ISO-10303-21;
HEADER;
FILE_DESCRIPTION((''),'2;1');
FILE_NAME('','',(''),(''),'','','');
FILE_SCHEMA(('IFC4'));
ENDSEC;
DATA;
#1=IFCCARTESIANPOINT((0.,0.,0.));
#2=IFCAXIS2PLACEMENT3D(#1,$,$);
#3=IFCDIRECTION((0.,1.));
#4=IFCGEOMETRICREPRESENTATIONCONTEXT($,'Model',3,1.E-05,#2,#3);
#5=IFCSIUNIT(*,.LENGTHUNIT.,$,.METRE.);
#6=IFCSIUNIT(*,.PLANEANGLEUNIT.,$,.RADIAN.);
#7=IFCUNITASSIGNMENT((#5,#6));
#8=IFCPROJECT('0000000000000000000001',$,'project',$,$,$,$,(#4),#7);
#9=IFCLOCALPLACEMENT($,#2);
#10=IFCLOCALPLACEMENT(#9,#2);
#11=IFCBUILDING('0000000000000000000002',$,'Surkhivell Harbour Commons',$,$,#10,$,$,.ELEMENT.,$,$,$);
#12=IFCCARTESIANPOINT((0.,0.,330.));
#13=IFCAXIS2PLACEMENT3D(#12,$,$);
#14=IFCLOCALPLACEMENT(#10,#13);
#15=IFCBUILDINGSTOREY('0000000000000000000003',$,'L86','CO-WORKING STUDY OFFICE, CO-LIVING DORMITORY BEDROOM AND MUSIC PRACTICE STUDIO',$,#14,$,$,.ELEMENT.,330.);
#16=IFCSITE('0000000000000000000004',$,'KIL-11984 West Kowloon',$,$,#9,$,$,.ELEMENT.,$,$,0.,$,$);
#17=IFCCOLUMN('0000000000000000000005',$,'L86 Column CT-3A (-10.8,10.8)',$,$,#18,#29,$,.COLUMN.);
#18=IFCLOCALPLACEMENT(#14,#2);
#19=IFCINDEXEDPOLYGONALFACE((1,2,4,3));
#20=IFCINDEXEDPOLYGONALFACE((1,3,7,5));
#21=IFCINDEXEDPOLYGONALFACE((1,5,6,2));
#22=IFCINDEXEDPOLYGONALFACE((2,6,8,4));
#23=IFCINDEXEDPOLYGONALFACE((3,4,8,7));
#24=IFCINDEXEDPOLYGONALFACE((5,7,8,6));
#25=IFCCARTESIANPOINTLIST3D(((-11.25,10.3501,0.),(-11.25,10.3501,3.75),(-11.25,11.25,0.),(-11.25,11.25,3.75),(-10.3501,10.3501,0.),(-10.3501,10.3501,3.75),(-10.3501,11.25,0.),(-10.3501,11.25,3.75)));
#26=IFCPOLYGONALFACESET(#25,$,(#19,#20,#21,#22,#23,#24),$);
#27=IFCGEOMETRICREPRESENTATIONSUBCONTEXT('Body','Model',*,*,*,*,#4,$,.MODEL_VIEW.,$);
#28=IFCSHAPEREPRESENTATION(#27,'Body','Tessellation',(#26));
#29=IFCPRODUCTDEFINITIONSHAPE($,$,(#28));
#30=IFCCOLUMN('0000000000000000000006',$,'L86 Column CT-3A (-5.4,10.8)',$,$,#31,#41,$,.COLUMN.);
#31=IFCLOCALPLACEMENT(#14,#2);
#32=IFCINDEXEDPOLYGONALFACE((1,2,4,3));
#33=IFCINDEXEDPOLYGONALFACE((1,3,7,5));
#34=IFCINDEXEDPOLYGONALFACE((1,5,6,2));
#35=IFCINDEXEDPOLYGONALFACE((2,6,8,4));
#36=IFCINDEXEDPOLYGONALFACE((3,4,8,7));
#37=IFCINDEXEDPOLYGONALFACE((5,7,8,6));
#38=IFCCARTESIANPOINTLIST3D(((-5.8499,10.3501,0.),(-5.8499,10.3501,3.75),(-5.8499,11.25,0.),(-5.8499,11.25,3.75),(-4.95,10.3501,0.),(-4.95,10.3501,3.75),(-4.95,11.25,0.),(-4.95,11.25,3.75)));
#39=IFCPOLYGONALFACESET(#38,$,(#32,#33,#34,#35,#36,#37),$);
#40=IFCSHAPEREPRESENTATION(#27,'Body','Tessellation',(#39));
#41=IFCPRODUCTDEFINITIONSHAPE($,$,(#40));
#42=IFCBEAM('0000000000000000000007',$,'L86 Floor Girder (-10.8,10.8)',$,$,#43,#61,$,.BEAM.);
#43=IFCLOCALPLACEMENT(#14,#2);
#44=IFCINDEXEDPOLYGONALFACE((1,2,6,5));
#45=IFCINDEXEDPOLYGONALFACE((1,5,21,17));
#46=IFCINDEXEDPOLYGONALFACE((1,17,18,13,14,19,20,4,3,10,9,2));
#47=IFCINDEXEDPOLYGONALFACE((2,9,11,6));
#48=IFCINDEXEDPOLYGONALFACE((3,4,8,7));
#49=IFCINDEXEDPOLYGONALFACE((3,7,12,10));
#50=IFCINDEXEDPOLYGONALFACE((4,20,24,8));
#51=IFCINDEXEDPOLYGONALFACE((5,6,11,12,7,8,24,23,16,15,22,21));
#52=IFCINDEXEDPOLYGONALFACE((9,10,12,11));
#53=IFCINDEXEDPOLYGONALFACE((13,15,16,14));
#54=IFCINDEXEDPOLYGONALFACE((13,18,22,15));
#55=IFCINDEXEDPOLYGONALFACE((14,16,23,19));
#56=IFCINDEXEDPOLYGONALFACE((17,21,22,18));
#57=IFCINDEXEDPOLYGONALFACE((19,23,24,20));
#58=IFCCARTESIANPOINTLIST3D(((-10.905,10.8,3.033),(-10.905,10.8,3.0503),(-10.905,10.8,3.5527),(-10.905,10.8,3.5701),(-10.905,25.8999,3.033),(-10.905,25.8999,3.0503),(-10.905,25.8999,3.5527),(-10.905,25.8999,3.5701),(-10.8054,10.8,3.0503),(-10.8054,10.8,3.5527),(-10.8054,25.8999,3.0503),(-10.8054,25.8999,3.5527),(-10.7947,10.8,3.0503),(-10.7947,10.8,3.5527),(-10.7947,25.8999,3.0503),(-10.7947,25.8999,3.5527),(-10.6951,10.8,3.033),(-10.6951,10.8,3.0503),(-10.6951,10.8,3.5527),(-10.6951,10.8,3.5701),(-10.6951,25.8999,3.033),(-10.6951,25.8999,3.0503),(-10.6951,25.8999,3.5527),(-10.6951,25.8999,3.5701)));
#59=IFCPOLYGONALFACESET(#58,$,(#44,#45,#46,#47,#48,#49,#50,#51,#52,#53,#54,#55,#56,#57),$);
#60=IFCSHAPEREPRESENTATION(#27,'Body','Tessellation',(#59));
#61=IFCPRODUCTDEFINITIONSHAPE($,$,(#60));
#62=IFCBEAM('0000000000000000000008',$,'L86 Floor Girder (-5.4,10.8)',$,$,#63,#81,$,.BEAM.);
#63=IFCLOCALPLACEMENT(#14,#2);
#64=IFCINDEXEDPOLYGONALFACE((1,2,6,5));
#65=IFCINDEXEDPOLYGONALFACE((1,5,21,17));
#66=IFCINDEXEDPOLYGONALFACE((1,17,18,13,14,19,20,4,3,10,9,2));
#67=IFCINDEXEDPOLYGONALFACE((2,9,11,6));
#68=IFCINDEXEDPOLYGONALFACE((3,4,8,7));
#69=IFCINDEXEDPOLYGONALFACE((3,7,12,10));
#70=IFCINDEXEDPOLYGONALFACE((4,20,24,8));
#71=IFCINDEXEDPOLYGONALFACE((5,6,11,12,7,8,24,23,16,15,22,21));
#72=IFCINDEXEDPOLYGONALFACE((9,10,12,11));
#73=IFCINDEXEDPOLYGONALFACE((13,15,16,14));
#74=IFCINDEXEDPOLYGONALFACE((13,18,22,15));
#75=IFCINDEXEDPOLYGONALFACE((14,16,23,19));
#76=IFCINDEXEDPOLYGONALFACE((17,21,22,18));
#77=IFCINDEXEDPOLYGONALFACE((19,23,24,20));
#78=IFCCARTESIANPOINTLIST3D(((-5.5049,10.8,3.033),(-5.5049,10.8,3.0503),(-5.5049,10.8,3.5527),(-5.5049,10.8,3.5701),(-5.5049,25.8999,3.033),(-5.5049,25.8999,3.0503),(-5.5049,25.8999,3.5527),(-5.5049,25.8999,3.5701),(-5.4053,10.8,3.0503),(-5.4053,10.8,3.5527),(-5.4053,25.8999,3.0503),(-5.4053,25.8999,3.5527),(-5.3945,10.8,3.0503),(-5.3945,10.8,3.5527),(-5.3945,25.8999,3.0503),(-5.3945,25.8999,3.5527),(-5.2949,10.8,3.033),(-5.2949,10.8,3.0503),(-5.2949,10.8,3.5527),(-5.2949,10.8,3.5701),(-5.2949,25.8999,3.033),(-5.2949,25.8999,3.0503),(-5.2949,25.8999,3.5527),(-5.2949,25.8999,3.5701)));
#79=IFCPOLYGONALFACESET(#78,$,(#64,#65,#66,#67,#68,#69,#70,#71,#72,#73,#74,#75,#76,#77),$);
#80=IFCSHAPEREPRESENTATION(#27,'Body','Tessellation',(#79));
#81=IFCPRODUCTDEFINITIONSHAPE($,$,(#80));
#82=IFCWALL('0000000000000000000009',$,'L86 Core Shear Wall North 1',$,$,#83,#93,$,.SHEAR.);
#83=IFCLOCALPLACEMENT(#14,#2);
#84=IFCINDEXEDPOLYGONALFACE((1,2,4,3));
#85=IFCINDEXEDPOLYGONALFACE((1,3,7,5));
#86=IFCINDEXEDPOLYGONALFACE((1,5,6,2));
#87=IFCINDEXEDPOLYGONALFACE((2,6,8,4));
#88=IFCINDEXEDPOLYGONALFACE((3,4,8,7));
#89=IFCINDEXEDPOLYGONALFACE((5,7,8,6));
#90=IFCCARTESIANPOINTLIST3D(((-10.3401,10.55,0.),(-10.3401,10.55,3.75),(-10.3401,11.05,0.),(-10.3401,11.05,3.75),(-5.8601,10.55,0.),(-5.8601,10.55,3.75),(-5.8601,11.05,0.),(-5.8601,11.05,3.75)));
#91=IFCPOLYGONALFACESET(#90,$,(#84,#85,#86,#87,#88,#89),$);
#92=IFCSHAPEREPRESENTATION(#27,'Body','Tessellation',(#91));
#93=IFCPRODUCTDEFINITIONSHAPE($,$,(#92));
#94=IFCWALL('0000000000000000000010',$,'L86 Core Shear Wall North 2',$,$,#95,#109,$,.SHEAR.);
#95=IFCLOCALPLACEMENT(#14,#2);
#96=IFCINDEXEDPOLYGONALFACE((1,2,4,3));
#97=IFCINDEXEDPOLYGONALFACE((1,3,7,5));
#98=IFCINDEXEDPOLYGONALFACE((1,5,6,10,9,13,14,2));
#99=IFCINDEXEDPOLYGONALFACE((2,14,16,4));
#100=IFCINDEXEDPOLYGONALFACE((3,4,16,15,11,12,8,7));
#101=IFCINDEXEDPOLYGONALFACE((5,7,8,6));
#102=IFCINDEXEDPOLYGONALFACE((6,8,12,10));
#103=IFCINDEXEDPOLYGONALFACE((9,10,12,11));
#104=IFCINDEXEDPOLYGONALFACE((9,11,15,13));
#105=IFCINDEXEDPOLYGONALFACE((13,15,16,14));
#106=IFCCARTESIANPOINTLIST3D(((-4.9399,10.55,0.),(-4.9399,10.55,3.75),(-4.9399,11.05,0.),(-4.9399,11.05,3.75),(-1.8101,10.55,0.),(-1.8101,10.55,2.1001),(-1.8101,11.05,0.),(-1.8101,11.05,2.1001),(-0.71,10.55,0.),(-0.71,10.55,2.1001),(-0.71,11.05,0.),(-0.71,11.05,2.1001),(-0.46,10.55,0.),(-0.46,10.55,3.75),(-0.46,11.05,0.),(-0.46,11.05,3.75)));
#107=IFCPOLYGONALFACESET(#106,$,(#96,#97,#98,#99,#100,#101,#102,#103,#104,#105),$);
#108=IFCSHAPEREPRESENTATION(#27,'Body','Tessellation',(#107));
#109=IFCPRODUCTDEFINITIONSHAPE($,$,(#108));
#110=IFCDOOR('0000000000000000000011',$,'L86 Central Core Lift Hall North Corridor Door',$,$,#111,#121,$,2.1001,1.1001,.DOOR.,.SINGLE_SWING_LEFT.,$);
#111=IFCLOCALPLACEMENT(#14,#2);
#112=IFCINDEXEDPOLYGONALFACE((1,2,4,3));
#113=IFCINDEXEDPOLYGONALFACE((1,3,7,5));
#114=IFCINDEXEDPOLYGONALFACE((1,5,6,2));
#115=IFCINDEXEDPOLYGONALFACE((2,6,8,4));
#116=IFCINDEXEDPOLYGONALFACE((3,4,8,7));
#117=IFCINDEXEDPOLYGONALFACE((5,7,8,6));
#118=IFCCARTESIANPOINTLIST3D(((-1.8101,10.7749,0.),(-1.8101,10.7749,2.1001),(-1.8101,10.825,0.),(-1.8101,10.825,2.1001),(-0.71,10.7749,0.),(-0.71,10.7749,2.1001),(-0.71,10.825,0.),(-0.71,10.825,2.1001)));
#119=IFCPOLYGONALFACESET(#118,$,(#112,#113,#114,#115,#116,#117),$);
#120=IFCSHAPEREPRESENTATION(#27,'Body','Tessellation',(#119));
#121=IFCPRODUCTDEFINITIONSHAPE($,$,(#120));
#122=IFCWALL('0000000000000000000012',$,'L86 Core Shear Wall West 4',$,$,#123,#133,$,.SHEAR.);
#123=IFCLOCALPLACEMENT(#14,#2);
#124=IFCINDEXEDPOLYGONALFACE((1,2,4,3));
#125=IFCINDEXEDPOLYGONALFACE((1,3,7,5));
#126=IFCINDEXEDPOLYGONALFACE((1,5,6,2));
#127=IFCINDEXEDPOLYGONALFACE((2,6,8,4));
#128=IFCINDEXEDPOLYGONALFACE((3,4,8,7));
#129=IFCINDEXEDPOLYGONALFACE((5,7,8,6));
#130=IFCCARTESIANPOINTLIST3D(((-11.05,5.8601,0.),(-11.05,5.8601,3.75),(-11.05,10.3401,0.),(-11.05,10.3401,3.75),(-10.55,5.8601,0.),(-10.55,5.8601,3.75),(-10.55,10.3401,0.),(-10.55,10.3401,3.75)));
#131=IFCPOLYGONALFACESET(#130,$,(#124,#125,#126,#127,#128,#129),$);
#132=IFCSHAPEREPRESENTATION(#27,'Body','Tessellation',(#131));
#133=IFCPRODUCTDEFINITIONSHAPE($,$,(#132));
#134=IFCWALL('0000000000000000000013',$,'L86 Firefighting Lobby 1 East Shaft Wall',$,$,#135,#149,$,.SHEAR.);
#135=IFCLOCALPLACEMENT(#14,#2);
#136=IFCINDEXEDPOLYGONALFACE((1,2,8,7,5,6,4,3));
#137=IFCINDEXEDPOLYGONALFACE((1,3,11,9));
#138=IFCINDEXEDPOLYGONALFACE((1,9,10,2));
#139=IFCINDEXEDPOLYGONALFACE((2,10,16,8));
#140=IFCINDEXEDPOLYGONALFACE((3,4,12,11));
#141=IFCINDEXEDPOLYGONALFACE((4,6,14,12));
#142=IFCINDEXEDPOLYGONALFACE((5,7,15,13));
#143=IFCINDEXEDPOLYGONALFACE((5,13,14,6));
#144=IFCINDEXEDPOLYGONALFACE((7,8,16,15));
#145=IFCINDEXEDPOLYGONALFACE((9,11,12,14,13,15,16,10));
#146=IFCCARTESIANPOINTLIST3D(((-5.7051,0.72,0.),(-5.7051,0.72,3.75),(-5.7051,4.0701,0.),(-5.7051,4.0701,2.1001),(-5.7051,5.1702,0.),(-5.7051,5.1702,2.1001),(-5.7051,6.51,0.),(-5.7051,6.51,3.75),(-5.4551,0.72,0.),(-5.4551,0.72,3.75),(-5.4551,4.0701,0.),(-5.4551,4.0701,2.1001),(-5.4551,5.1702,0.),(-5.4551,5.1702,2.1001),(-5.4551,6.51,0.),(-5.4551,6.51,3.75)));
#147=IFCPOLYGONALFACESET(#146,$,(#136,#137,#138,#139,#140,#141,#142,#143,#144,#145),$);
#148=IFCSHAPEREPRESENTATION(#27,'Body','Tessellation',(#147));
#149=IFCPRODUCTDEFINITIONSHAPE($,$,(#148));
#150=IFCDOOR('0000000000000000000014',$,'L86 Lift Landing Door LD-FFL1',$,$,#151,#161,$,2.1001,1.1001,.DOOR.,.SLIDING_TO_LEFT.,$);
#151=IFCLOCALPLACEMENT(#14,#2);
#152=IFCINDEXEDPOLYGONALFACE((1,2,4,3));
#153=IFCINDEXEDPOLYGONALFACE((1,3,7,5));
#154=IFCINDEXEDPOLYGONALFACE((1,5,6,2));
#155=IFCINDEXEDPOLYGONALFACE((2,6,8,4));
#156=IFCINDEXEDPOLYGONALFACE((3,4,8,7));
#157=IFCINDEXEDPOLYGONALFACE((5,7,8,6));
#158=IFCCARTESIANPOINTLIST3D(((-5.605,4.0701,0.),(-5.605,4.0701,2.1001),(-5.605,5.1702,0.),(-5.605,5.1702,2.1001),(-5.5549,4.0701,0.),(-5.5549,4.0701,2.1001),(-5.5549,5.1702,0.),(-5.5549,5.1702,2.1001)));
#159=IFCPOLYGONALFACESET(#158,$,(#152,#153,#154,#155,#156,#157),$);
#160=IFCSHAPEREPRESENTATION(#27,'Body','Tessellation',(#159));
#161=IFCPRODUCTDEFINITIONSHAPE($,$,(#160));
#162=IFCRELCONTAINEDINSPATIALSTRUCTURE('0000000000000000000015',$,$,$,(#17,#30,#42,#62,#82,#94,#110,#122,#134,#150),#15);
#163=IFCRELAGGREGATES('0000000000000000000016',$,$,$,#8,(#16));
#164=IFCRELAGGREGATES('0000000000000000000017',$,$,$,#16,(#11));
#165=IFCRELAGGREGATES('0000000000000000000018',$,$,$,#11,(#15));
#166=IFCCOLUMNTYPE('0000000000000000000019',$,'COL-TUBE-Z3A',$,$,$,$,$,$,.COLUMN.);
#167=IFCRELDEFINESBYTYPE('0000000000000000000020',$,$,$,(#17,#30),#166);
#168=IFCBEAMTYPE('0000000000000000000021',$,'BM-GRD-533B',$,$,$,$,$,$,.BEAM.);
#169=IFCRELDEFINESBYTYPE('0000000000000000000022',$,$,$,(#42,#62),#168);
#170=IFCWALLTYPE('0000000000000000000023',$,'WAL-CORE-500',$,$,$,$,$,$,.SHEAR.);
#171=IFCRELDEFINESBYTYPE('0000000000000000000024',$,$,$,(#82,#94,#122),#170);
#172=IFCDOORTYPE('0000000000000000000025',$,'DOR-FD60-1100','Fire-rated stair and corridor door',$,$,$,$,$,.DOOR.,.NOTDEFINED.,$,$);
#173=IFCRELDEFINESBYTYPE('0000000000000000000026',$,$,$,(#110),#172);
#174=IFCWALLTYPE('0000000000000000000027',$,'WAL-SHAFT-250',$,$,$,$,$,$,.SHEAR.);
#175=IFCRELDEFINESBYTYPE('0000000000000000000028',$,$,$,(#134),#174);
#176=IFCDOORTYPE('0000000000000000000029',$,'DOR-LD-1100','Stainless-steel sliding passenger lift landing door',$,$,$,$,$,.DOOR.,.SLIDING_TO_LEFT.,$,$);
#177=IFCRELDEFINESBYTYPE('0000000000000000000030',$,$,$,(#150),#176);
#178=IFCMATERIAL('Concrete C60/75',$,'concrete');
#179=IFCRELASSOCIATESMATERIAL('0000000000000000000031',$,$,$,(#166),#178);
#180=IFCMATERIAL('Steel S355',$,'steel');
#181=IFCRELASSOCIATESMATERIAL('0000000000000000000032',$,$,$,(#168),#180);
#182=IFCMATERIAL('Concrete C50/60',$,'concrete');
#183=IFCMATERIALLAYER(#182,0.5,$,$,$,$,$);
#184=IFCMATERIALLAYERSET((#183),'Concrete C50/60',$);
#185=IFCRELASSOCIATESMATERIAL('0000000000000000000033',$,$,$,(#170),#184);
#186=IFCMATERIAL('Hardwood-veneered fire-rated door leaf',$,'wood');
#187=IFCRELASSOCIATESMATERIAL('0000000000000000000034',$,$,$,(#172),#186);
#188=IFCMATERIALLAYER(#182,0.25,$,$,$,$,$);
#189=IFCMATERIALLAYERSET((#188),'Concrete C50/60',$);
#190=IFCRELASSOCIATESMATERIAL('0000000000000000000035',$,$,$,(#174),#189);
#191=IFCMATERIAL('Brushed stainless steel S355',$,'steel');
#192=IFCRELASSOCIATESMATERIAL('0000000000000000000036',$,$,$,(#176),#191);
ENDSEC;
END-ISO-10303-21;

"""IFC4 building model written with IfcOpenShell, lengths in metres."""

from ifc_helpers import new_model, si_unit, direction, frame, frame_2d, origin, origin_2d, place, context, subcontext, project, spatial, rectangle, i_section, extrude, material, layer, layer_set, material_profile, profile_set, type_object, element, fill, save


model = new_model("IFC4")

# Units and contexts
model_context = context("Model", 3, precision=1e-05, world=origin(), true_north=direction((0.0, 1.0)))
body_context = subcontext(model_context, "Body", "Model", "MODEL_VIEW")
ifc_project = project(units=[si_unit("LENGTHUNIT", "METRE"), si_unit("PLANEANGLEUNIT", "RADIAN")], contexts=[model_context])

# Site, building, storey
site_placement = place(None, origin())
site = spatial("IfcSite", under=ifc_project, at=site_placement, Name="KIL-11984 West Kowloon", CompositionType="ELEMENT", RefElevation=0.0)
building_placement = place(site_placement, origin())
building = spatial("IfcBuilding", under=site, at=building_placement, Name="Surkhivell Harbour Commons", CompositionType="ELEMENT")
storey_placement = place(building_placement, frame((0.0, 0.0, 330.0)))
storey = spatial("IfcBuildingStorey", under=building, at=storey_placement, Name="L86", Description="CO-WORKING STUDY OFFICE, CO-LIVING DORMITORY BEDROOM AND MUSIC PRACTICE STUDIO", CompositionType="ELEMENT", Elevation=330.0)

# Columns
ifc_material_1 = material(Name="Concrete C60/75", Category="concrete")
ifc_material_profile_1 = material_profile(ifc_material_1, rectangle(XDim=0.8999, YDim=0.8999, at=origin_2d()), Name="RC-COL-900x900")
ifc_profile_set_1 = profile_set([ifc_material_profile_1], Name="Concrete C60/75")
column_type = type_object("IfcColumnType", Name="COL-TUBE-Z3A", PredefinedType="COLUMN", material=ifc_profile_set_1)
for number, where, z_axis, x_axis, name in (
    (1, (-10.8, 10.8, 0.0), (0.0, 0.0, 1.0), (1.0, 0.0, 0.0), "L86 Column CT-3A (-10.8,10.8)"),
    (2, (-5.3999, 10.8, 0.0), (0.0, 0.0, 1.0), (1.0, 0.0, 0.0), "L86 Column CT-3A (-5.4,10.8)"),
):
    element("IfcColumn", number, at=place(storey_placement, frame(where, z_axis=z_axis, x_axis=x_axis)), inside=storey, type_object=column_type, Name=name, PredefinedType="COLUMN", context=body_context, shape_type="SweptSolid", body=[
        extrude(rectangle(XDim=0.8999, YDim=0.8999, at=origin_2d()), origin(), (0.0, 0.0, 1.0), 3.75),
    ])

# Beams
ifc_material_2 = material(Name="Steel S355", Category="steel")
ifc_material_profile_2 = material_profile(ifc_material_2, i_section(OverallWidth=0.21, OverallDepth=0.5371, WebThickness=0.0107, FlangeThickness=0.0173, at=origin_2d()), Name="UB533x210x101")
ifc_profile_set_2 = profile_set([ifc_material_profile_2], Name="Steel S355")
beam_type = type_object("IfcBeamType", Name="BM-GRD-533B", PredefinedType="BEAM", material=ifc_profile_set_2)
for number, where, z_axis, x_axis, name in (
    (3, (-10.8, 10.8, 3.3015), (0.0, 1.0, 0.0), (-1.0, 0.0, 0.0), "L86 Floor Girder (-10.8,10.8)"),
    (4, (-5.3999, 10.8, 3.3015), (0.0, 1.0, 0.0), (-1.0, 0.0, 0.0), "L86 Floor Girder (-5.4,10.8)"),
):
    element("IfcBeam", number, at=place(storey_placement, frame(where, z_axis=z_axis, x_axis=x_axis)), inside=storey, type_object=beam_type, Name=name, PredefinedType="BEAM", context=body_context, shape_type="SweptSolid", body=[
        extrude(i_section(OverallWidth=0.21, OverallDepth=0.5371, WebThickness=0.0107, FlangeThickness=0.0173, at=origin_2d()), origin(), (0.0, 0.0, 1.0), 15.0999),
    ])

# Wall
ifc_material_3 = material(Name="Concrete C50/60", Category="concrete")
ifc_layer_1 = layer(ifc_material_3, 0.5)
ifc_layer_set_1 = layer_set([ifc_layer_1], Name="Concrete C50/60")
wall_type_1 = type_object("IfcWallType", Name="WAL-CORE-500", PredefinedType="SHEAR", material=ifc_layer_set_1)
wall_1_placement = place(storey_placement, frame((-10.3401, 10.8, 0.0), z_axis=(0.0, 0.0, 1.0), x_axis=(1.0, 0.0, 0.0)))
element("IfcWall", 5, at=wall_1_placement, inside=storey, type_object=wall_type_1, Name="L86 Core Shear Wall North 1", PredefinedType="SHEAR", context=body_context, shape_type="SweptSolid", body=[
    extrude(rectangle(XDim=4.48, YDim=0.5, at=frame_2d((2.24, 0.0))), origin(), (0.0, 0.0, 1.0), 3.75),
])

# Wall, opening, door
wall_2_placement = place(storey_placement, frame((-4.9399, 10.8, 0.0), z_axis=(0.0, 0.0, 1.0), x_axis=(1.0, 0.0, 0.0)))
wall_2 = element("IfcWall", 6, at=wall_2_placement, inside=storey, type_object=wall_type_1, Name="L86 Core Shear Wall North 2", PredefinedType="SHEAR", context=body_context, shape_type="SweptSolid", body=[
    extrude(rectangle(XDim=4.48, YDim=0.5, at=frame_2d((2.24, 0.0))), origin(), (0.0, 0.0, 1.0), 3.75),
])
opening_1_placement = place(wall_2_placement, frame((3.1299, 0.0, 0.0)))
opening_1 = element("IfcOpeningElement", 7, at=opening_1_placement, cuts=wall_2, PredefinedType="OPENING", context=body_context, shape_type="SweptSolid", body=[
    extrude(rectangle(XDim=1.1001, YDim=2.1001, at=frame_2d((0.55, 1.05))), frame((0.0, 0.26, 0.0), z_axis=(0.0, -1.0, 0.0), x_axis=(1.0, 0.0, 0.0)), (0.0, 0.0, 1.0), 0.52),
])
ifc_material_4 = material(Name="Hardwood-veneered fire-rated door leaf", Category="wood")
door_type_1 = type_object("IfcDoorType", Name="DOR-FD60-1100", Description="Fire-rated stair and corridor door", OperationType="NOTDEFINED", PredefinedType="DOOR", material=ifc_material_4)
door_1_placement = place(opening_1_placement, origin())
door_1 = element("IfcDoor", 8, at=door_1_placement, inside=storey, type_object=door_type_1, Name="L86 Central Core Lift Hall North Corridor Door", OperationType="SINGLE_SWING_LEFT", OverallHeight=2.1001, OverallWidth=1.1001, PredefinedType="DOOR", context=body_context, shape_type="SweptSolid", body=[
    extrude(rectangle(XDim=1.1001, YDim=2.1001, at=frame_2d((0.55, 1.05))), frame((0.0, 0.0249, 0.0), z_axis=(0.0, -1.0, 0.0), x_axis=(1.0, 0.0, 0.0)), (0.0, 0.0, 1.0), 0.05),
])
fill(opening_1, door_1)

# Wall
wall_3_placement = place(storey_placement, frame((-10.8, 5.8601, 0.0), z_axis=(0.0, 0.0, 1.0), x_axis=(0.0, 1.0, 0.0)))
element("IfcWall", 9, at=wall_3_placement, inside=storey, type_object=wall_type_1, Name="L86 Core Shear Wall West 4", PredefinedType="SHEAR", context=body_context, shape_type="SweptSolid", body=[
    extrude(rectangle(XDim=4.48, YDim=0.5, at=frame_2d((2.24, 0.0))), origin(), (0.0, 0.0, 1.0), 3.75),
])

# Wall, opening, door
ifc_layer_2 = layer(ifc_material_3, 0.25)
ifc_layer_set_2 = layer_set([ifc_layer_2], Name="Concrete C50/60")
wall_type_2 = type_object("IfcWallType", Name="WAL-SHAFT-250", PredefinedType="SHEAR", material=ifc_layer_set_2)
wall_4_placement = place(storey_placement, frame((-5.5801, 0.72, 0.0), z_axis=(0.0, 0.0, 1.0), x_axis=(0.0, 1.0, 0.0)))
wall_4 = element("IfcWall", 10, at=wall_4_placement, inside=storey, type_object=wall_type_2, Name="L86 Firefighting Lobby 1 East Shaft Wall", PredefinedType="SHEAR", context=body_context, shape_type="SweptSolid", body=[
    extrude(rectangle(XDim=5.79, YDim=0.25, at=frame_2d((2.895, 0.0))), origin(), (0.0, 0.0, 1.0), 3.75),
])
opening_2_placement = place(wall_4_placement, frame((3.3501, 0.0, 0.0)))
opening_2 = element("IfcOpeningElement", 11, at=opening_2_placement, cuts=wall_4, PredefinedType="OPENING", context=body_context, shape_type="SweptSolid", body=[
    extrude(rectangle(XDim=1.1001, YDim=2.1001, at=frame_2d((0.55, 1.05))), frame((0.0, 0.135, 0.0), z_axis=(0.0, -1.0, 0.0), x_axis=(1.0, 0.0, 0.0)), (0.0, 0.0, 1.0), 0.27),
])
ifc_material_5 = material(Name="Brushed stainless steel S355", Category="steel")
door_type_2 = type_object("IfcDoorType", Name="DOR-LD-1100", Description="Stainless-steel sliding passenger lift landing door", OperationType="SLIDING_TO_LEFT", PredefinedType="DOOR", material=ifc_material_5)
door_2_placement = place(opening_2_placement, origin())
door_2 = element("IfcDoor", 12, at=door_2_placement, inside=storey, type_object=door_type_2, Name="L86 Lift Landing Door LD-FFL1", OperationType="SLIDING_TO_LEFT", OverallHeight=2.1001, OverallWidth=1.1001, PredefinedType="DOOR", context=body_context, shape_type="SweptSolid", body=[
    extrude(rectangle(XDim=1.1001, YDim=2.1001, at=frame_2d((0.55, 1.05))), frame((0.0, 0.0249, 0.0), z_axis=(0.0, -1.0, 0.0), x_axis=(1.0, 0.0, 0.0)), (0.0, 0.0, 1.0), 0.05),
])
fill(opening_2, door_2)

save(model, "model.ifc")
